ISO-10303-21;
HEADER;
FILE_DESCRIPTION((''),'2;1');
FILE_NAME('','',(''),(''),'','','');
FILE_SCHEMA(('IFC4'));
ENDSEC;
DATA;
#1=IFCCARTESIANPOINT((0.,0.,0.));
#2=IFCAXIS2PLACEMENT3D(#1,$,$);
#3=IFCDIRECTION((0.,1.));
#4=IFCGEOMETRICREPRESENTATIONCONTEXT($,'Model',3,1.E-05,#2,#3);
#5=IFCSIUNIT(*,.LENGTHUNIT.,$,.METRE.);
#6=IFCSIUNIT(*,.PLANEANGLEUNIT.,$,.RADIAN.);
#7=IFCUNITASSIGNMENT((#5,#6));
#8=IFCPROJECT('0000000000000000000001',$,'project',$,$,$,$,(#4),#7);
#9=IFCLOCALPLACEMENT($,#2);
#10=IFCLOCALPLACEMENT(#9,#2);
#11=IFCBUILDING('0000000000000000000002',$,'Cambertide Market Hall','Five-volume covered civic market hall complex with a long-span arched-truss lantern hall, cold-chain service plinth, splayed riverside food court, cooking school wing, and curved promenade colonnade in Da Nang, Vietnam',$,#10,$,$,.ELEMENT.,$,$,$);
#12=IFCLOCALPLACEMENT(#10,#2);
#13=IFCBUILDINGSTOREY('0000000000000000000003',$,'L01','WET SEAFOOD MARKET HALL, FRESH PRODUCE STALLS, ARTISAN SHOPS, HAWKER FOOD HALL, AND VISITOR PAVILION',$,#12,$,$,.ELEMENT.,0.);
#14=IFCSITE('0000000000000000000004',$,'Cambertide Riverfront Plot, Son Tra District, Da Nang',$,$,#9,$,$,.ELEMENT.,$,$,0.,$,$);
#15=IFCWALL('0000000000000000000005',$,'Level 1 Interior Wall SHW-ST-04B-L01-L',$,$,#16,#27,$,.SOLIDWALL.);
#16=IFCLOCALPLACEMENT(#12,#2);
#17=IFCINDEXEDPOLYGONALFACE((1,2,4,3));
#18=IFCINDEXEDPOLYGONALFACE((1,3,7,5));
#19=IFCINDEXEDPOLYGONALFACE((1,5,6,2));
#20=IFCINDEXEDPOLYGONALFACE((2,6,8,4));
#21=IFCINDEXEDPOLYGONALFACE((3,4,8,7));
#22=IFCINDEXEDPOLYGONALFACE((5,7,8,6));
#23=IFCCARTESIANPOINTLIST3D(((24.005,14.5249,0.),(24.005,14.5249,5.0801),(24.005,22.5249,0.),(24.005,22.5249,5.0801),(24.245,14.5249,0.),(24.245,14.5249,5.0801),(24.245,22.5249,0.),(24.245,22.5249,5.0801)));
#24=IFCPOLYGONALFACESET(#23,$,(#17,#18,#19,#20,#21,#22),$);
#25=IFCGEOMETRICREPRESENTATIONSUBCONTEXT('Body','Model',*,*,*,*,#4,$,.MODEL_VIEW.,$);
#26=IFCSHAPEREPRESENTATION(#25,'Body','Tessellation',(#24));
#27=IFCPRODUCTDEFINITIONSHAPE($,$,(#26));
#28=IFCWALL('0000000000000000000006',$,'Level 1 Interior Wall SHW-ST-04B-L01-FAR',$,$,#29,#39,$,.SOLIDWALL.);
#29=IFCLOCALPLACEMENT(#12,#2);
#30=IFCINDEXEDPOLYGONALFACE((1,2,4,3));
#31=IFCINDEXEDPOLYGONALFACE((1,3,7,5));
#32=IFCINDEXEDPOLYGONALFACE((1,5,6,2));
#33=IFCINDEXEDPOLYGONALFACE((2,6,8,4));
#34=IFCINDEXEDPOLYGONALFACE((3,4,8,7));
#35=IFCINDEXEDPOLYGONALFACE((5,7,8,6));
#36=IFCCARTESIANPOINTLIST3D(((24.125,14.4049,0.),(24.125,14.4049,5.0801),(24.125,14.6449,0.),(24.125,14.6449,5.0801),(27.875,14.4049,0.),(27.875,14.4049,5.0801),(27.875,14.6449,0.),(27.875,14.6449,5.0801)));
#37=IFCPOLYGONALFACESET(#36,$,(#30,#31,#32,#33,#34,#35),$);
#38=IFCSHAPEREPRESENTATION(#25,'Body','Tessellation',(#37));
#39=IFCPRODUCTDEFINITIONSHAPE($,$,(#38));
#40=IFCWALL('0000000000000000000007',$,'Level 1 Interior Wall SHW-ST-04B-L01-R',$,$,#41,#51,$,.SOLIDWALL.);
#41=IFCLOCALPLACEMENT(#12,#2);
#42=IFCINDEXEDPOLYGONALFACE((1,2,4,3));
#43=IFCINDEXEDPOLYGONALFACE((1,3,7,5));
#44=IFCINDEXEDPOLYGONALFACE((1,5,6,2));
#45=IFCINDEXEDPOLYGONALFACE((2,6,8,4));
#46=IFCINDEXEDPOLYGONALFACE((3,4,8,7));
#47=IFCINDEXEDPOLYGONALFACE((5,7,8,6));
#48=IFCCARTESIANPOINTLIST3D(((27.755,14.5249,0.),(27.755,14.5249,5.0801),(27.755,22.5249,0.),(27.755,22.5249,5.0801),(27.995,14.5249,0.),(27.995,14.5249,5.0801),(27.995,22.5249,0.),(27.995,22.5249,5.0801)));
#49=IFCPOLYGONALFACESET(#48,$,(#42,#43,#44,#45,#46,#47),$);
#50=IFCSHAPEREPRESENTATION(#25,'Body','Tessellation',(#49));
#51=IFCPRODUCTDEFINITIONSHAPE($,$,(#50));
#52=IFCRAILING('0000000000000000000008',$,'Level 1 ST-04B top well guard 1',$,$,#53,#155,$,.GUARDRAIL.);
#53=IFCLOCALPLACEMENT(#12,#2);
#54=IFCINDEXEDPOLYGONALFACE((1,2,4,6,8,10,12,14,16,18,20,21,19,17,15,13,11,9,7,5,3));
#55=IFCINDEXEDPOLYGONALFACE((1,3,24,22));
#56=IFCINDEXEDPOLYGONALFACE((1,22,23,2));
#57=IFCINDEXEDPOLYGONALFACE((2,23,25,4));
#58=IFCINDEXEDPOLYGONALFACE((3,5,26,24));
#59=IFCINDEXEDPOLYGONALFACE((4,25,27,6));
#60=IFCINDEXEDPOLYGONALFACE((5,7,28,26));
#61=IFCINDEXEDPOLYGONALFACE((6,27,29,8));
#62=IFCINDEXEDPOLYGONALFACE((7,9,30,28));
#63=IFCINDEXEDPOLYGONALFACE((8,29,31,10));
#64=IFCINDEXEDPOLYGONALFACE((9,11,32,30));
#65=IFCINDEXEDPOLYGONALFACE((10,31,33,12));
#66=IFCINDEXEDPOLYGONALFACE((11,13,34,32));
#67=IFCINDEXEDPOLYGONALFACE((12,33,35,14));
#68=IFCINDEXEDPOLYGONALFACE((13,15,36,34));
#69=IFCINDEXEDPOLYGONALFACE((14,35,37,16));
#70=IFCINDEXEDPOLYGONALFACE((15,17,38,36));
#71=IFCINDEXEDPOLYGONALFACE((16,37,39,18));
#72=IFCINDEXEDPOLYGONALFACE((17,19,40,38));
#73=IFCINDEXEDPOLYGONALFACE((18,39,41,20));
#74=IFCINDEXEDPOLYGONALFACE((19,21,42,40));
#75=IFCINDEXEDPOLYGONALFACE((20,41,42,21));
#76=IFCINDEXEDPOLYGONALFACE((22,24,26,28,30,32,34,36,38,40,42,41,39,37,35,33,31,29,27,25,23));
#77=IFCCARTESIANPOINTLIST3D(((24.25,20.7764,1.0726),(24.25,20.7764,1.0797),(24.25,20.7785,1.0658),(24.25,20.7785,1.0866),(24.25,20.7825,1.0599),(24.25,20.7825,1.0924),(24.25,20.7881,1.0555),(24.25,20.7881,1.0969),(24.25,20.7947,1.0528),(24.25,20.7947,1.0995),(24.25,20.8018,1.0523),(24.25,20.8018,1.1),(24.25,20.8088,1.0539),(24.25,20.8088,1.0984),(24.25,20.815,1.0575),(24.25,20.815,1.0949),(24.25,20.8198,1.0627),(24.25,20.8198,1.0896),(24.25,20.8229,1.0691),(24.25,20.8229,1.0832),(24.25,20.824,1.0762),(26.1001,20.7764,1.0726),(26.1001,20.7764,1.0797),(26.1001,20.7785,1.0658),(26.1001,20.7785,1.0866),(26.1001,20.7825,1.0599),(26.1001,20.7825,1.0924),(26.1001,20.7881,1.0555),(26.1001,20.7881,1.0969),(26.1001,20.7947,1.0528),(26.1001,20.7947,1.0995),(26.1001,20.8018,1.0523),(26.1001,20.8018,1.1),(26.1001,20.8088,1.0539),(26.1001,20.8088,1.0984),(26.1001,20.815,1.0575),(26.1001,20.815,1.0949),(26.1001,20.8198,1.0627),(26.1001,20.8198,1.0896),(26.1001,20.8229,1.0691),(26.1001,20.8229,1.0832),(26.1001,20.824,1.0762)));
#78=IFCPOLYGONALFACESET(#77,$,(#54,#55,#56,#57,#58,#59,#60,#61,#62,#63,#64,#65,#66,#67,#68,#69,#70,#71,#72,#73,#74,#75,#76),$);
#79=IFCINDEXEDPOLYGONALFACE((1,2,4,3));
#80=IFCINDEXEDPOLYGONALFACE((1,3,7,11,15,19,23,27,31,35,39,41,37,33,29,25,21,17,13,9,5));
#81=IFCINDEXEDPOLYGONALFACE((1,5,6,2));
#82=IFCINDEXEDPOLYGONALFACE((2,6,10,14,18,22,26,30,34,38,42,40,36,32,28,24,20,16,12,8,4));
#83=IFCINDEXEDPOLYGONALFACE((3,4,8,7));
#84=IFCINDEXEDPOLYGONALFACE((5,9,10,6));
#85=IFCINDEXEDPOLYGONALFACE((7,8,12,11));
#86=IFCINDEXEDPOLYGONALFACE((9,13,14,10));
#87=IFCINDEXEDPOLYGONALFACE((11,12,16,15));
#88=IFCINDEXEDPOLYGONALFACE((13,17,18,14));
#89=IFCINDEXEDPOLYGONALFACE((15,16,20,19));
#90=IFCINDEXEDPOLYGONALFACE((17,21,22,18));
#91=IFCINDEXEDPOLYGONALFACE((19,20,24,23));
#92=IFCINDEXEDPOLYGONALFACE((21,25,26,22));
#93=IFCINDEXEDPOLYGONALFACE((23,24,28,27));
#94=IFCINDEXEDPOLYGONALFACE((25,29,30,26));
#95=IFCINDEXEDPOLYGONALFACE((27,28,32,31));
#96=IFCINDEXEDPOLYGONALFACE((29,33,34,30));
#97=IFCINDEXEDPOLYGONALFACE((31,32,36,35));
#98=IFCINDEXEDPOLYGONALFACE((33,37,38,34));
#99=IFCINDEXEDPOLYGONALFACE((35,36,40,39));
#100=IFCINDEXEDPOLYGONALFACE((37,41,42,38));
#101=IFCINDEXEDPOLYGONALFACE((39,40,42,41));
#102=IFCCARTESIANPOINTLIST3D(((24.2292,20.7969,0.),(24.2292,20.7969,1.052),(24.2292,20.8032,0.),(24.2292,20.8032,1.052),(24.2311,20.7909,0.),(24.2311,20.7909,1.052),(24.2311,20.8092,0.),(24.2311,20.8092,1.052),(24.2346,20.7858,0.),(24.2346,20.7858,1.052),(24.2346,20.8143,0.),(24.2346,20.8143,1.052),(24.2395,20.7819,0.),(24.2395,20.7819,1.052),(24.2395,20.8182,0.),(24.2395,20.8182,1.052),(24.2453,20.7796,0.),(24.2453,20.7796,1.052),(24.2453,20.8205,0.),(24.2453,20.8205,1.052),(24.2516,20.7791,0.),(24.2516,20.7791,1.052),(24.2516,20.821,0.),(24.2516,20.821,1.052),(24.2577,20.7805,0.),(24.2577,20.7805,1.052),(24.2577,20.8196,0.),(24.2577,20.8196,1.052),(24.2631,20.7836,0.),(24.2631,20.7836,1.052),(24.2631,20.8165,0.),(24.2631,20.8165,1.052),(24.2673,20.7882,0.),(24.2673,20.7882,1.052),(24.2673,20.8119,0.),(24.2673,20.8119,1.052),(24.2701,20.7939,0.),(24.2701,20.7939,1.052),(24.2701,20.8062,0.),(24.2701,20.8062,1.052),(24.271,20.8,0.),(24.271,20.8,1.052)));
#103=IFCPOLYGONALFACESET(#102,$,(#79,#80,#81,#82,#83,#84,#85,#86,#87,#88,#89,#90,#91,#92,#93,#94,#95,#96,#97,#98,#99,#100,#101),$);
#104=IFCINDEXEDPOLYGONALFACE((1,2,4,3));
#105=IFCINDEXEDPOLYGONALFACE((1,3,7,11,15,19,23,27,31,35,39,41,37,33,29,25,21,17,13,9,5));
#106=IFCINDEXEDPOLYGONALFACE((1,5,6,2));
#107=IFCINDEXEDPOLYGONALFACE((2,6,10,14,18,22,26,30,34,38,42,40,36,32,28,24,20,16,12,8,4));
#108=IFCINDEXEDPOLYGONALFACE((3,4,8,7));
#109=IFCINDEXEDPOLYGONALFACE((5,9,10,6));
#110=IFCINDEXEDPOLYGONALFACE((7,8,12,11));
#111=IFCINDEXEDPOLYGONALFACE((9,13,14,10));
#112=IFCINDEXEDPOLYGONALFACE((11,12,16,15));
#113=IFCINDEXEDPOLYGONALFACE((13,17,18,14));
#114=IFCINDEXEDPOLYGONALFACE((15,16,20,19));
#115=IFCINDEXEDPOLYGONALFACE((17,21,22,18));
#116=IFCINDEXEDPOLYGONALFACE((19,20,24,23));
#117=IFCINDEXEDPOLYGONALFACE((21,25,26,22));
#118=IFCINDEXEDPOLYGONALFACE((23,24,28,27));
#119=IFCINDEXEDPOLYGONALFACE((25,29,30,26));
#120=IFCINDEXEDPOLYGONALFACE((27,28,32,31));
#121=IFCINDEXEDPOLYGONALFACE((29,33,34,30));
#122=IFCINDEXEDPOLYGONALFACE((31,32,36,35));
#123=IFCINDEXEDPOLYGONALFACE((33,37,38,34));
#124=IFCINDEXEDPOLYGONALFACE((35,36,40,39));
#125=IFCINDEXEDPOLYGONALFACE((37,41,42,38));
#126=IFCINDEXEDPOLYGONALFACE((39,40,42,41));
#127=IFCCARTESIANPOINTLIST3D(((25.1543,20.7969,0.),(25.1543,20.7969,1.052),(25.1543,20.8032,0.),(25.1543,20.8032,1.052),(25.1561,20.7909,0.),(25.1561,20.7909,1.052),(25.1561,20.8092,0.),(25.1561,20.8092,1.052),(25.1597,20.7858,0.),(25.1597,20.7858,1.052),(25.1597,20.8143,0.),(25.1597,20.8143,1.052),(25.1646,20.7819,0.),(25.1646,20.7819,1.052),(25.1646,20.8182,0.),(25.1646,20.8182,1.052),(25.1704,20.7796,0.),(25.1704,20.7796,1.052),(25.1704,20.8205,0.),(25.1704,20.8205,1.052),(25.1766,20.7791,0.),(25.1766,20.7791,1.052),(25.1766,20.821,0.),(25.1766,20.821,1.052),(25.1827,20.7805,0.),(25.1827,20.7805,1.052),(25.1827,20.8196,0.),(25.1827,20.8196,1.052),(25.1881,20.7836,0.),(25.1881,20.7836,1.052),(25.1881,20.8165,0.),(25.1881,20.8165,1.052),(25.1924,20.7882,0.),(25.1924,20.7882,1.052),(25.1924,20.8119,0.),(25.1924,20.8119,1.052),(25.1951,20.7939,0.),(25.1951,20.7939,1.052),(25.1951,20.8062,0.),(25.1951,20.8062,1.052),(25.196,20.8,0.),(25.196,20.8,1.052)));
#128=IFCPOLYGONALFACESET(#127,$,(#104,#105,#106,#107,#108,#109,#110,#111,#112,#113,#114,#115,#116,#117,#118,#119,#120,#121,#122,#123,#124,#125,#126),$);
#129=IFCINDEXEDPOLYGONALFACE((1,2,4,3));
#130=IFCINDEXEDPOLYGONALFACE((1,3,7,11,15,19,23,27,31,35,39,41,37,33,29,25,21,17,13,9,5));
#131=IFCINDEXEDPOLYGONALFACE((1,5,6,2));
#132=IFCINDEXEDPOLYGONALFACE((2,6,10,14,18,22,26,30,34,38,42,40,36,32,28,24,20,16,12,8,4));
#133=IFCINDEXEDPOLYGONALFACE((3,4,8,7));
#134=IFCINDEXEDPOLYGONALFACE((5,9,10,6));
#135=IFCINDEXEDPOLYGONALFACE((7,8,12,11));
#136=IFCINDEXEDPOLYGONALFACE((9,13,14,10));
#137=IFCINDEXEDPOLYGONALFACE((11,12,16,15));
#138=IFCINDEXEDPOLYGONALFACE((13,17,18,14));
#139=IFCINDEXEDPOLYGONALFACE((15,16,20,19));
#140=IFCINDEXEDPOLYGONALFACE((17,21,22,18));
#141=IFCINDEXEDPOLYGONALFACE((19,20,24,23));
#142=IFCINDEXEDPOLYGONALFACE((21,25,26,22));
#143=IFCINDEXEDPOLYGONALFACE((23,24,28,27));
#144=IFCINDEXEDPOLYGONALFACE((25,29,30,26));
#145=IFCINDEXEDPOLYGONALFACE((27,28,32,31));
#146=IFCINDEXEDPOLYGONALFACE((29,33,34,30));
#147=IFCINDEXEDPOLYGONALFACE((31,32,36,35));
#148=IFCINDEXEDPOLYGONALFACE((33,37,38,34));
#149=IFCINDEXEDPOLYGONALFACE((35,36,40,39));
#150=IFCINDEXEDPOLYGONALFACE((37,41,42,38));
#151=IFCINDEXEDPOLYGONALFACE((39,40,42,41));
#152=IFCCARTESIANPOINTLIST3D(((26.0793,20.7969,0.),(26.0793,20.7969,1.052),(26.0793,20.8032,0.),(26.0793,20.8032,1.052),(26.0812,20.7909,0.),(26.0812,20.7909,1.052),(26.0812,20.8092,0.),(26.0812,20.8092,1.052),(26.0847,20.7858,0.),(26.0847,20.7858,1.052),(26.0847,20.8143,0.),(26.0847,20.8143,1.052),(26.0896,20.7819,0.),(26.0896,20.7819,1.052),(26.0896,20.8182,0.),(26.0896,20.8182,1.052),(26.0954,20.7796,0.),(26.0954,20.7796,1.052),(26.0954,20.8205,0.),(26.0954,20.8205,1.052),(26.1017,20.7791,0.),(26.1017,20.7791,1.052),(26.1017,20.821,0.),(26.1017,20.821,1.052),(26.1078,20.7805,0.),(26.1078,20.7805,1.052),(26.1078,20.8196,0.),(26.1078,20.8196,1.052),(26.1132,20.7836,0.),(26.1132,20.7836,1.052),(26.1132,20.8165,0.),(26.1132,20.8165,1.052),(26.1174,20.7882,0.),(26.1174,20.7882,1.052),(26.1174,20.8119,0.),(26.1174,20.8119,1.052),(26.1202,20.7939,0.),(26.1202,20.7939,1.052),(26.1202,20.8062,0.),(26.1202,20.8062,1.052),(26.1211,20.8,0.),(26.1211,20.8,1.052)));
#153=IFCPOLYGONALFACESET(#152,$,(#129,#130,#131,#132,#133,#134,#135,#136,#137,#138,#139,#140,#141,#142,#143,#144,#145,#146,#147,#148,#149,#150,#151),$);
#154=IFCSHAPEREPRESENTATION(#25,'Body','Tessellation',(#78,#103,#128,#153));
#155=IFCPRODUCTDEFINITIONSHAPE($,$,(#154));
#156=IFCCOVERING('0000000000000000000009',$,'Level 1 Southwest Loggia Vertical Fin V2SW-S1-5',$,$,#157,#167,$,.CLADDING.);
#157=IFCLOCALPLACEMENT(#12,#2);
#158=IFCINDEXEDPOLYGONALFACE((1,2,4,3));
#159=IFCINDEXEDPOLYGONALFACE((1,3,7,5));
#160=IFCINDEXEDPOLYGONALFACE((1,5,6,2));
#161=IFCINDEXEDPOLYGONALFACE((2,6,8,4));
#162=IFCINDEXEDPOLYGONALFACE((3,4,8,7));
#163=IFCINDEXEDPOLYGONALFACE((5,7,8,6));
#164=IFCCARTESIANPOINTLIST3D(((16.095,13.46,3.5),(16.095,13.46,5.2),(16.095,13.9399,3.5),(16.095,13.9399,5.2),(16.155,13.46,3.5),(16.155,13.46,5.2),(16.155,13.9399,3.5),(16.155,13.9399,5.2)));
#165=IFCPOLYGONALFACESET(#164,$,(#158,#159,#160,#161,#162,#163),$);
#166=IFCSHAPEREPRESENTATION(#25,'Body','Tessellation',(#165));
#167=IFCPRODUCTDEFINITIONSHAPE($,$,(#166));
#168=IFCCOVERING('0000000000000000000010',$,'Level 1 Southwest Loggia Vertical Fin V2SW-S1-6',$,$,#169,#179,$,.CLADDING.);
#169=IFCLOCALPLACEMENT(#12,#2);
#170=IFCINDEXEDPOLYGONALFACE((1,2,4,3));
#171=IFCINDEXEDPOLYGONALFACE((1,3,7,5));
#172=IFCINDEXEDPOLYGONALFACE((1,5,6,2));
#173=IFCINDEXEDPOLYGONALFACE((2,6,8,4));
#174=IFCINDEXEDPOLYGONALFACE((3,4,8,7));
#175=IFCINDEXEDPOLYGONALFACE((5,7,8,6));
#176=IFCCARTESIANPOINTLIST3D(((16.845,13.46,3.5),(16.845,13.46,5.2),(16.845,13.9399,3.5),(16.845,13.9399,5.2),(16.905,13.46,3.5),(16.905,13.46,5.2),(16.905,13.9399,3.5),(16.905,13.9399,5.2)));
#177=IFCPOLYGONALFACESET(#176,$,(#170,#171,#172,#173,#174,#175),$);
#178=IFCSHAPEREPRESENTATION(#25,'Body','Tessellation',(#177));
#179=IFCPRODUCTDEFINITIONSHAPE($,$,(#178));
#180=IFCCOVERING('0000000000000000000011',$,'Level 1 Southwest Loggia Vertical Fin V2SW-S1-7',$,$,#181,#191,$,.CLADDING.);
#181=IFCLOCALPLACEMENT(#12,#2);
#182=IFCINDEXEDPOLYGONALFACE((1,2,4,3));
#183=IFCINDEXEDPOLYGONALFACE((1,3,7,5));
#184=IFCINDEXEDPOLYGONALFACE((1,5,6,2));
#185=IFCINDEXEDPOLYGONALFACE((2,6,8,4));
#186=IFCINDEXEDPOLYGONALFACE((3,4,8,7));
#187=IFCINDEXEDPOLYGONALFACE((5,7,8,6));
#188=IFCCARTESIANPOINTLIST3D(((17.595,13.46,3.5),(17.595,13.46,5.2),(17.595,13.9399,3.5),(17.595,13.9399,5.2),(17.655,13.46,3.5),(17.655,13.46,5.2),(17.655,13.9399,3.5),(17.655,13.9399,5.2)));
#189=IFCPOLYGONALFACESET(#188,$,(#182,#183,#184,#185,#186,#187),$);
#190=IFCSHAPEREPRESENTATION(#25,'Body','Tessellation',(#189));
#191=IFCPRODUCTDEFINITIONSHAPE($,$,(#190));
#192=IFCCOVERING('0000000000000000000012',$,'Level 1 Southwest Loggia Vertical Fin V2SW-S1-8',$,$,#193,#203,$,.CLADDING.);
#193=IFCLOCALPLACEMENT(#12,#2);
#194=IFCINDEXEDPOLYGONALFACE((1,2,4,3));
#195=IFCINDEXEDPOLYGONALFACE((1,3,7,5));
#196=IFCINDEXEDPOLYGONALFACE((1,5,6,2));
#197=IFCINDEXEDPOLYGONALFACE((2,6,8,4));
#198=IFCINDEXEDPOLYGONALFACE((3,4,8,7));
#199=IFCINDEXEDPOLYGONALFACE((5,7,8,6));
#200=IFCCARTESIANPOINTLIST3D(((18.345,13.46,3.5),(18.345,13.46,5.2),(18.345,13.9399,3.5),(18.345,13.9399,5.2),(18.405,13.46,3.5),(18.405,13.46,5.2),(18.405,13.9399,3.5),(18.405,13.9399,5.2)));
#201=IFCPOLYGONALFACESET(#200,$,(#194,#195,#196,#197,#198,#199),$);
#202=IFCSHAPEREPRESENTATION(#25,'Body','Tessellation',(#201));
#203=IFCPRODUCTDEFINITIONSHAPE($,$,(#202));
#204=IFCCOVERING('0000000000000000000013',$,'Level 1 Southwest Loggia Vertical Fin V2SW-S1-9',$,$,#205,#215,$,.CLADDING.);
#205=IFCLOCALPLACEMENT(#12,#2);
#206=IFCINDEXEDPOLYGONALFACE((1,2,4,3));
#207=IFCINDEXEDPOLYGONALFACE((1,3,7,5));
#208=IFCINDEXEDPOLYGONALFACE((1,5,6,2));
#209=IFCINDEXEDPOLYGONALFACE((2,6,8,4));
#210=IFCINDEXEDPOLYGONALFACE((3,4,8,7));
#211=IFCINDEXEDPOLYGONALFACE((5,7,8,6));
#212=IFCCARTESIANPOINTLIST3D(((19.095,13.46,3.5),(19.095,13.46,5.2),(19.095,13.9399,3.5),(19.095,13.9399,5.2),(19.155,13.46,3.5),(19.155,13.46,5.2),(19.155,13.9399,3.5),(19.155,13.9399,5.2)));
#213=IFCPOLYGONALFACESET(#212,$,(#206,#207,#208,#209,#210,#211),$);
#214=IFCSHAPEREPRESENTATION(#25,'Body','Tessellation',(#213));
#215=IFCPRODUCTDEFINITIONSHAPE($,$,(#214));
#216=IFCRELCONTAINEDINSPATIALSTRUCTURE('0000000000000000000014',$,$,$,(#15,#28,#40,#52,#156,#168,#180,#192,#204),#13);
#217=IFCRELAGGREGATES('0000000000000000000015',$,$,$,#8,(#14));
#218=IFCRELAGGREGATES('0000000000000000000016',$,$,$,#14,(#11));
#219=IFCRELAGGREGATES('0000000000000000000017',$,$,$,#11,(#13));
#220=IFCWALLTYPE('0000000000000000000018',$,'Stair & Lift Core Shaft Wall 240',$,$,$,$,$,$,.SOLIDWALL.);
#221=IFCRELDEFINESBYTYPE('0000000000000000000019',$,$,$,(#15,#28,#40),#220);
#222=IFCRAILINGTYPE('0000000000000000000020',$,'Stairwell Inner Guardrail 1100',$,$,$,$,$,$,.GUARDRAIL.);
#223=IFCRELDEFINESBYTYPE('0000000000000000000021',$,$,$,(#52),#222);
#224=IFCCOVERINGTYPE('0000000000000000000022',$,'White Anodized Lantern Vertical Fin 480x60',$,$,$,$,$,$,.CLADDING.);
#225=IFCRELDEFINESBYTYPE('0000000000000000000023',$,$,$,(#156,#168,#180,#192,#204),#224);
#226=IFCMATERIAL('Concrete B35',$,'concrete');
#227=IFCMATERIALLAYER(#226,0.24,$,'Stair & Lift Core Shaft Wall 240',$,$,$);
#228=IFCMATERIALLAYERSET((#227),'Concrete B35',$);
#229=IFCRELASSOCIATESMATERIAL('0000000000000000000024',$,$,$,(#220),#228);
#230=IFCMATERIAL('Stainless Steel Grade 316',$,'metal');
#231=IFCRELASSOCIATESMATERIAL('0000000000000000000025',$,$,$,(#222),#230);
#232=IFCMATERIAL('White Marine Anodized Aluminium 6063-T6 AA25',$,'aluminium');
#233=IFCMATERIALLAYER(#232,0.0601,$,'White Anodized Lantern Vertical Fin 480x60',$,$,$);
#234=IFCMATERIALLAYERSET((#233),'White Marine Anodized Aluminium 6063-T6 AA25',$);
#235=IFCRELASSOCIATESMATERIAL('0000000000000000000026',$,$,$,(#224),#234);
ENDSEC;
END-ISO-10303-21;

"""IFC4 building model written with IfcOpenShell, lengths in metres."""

from ifc_helpers import new_model, si_unit, direction, frame, frame_2d, origin, origin_2d, place, context, subcontext, project, spatial, rectangle, circle, extrude, material, layer, layer_set, type_object, element, save


model = new_model("IFC4")

# Units and contexts
model_context = context("Model", 3, precision=1e-05, world=origin(), true_north=direction((0.0, 1.0)))
body_context = subcontext(model_context, "Body", "Model", "MODEL_VIEW")
ifc_project = project(units=[si_unit("LENGTHUNIT", "METRE"), si_unit("PLANEANGLEUNIT", "RADIAN")], contexts=[model_context])

# Site, building, storey
site_placement = place(None, origin())
site = spatial("IfcSite", under=ifc_project, at=site_placement, Name="Cambertide Riverfront Plot, Son Tra District, Da Nang", CompositionType="ELEMENT", RefElevation=0.0)
building_placement = place(site_placement, origin())
building = spatial("IfcBuilding", under=site, at=building_placement, Name="Cambertide Market Hall", Description="Five-volume covered civic market hall complex with a long-span arched-truss lantern hall, cold-chain service plinth, splayed riverside food court, cooking school wing, and curved promenade colonnade in Da Nang, Vietnam", CompositionType="ELEMENT")
storey_placement = place(building_placement, origin())
storey = spatial("IfcBuildingStorey", under=building, at=storey_placement, Name="L01", Description="WET SEAFOOD MARKET HALL, FRESH PRODUCE STALLS, ARTISAN SHOPS, HAWKER FOOD HALL, AND VISITOR PAVILION", CompositionType="ELEMENT", Elevation=0.0)

# Shared definitions
ifc_material_1 = material(Name="Concrete B35", Category="concrete")
ifc_layer_1 = layer(ifc_material_1, 0.24, Name="Stair & Lift Core Shaft Wall 240")
ifc_layer_set_1 = layer_set([ifc_layer_1], Name="Concrete B35")
wall_type = type_object("IfcWallType", Name="Stair & Lift Core Shaft Wall 240", PredefinedType="SOLIDWALL", material=ifc_layer_set_1)

# Walls
wall_1_placement = place(storey_placement, frame((24.125, 14.5249, 0.0), z_axis=(0.0, 0.0, 1.0), x_axis=(0.0, 1.0, 0.0)))
element("IfcWall", 1, at=wall_1_placement, inside=storey, type_object=wall_type, Name="Level 1 Interior Wall SHW-ST-04B-L01-L", PredefinedType="SOLIDWALL", context=body_context, shape_type="SweptSolid", body=[
    extrude(rectangle(XDim=8.0, YDim=0.24, at=frame_2d((4.0, 0.0))), origin(), (0.0, 0.0, 1.0), 5.0801),
])
wall_2_placement = place(storey_placement, frame((27.875, 14.5249, 0.0), z_axis=(0.0, 0.0, 1.0), x_axis=(-1.0, 0.0, 0.0)))
element("IfcWall", 2, at=wall_2_placement, inside=storey, type_object=wall_type, Name="Level 1 Interior Wall SHW-ST-04B-L01-FAR", PredefinedType="SOLIDWALL", context=body_context, shape_type="SweptSolid", body=[
    extrude(rectangle(XDim=3.75, YDim=0.24, at=frame_2d((1.875, 0.0))), origin(), (0.0, 0.0, 1.0), 5.0801),
])
wall_3_placement = place(storey_placement, frame((27.875, 22.5249, 0.0), z_axis=(0.0, 0.0, 1.0), x_axis=(0.0, -1.0, 0.0)))
element("IfcWall", 3, at=wall_3_placement, inside=storey, type_object=wall_type, Name="Level 1 Interior Wall SHW-ST-04B-L01-R", PredefinedType="SOLIDWALL", context=body_context, shape_type="SweptSolid", body=[
    extrude(rectangle(XDim=8.0, YDim=0.24, at=frame_2d((4.0, 0.0))), origin(), (0.0, 0.0, 1.0), 5.0801),
])

# Railing
ifc_material_2 = material(Name="Stainless Steel Grade 316", Category="metal")
railing_type = type_object("IfcRailingType", Name="Stairwell Inner Guardrail 1100", PredefinedType="GUARDRAIL", material=ifc_material_2)
railing_placement = place(storey_placement, frame((24.25, 20.8, 0.0)))
element("IfcRailing", 4, at=railing_placement, inside=storey, type_object=railing_type, Name="Level 1 ST-04B top well guard 1", PredefinedType="GUARDRAIL", context=body_context, shape_type="SweptSolid", body=[
    extrude(circle(Radius=0.0239, at=origin_2d()), frame((0.0, 0.0, 1.0762), z_axis=(1.0, 0.0, 0.0), x_axis=(0.0, 1.0, 0.0)), (0.0, 0.0, 1.0), 1.8501),
    extrude(circle(Radius=0.021, at=origin_2d()), origin(), (0.0, 0.0, 1.0), 1.052),
    extrude(circle(Radius=0.021, at=origin_2d()), frame((0.925, 0.0, 0.0)), (0.0, 0.0, 1.0), 1.052),
    extrude(circle(Radius=0.021, at=origin_2d()), frame((1.8501, 0.0, 0.0)), (0.0, 0.0, 1.0), 1.052),
])

# Coverings
ifc_material_3 = material(Name="White Marine Anodized Aluminium 6063-T6 AA25", Category="aluminium")
ifc_layer_2 = layer(ifc_material_3, 0.0601, Name="White Anodized Lantern Vertical Fin 480x60")
ifc_layer_set_2 = layer_set([ifc_layer_2], Name="White Marine Anodized Aluminium 6063-T6 AA25")
covering_type = type_object("IfcCoveringType", Name="White Anodized Lantern Vertical Fin 480x60", PredefinedType="CLADDING", material=ifc_layer_set_2)
for number, where, z_axis, x_axis, name in (
    (5, (16.125, 13.7, 3.5), (0.0, 0.0, 1.0), (1.0, 0.0, 0.0), "Level 1 Southwest Loggia Vertical Fin V2SW-S1-5"),
    (6, (16.875, 13.7, 3.5), (0.0, 0.0, 1.0), (1.0, 0.0, 0.0), "Level 1 Southwest Loggia Vertical Fin V2SW-S1-6"),
    (7, (17.625, 13.7, 3.5), (0.0, 0.0, 1.0), (1.0, 0.0, 0.0), "Level 1 Southwest Loggia Vertical Fin V2SW-S1-7"),
    (8, (18.375, 13.7, 3.5), (0.0, 0.0, 1.0), (1.0, 0.0, 0.0), "Level 1 Southwest Loggia Vertical Fin V2SW-S1-8"),
    (9, (19.125, 13.7, 3.5), (0.0, 0.0, 1.0), (1.0, 0.0, 0.0), "Level 1 Southwest Loggia Vertical Fin V2SW-S1-9"),
):
    element("IfcCovering", number, at=place(storey_placement, frame(where, z_axis=z_axis, x_axis=x_axis)), inside=storey, type_object=covering_type, Name=name, PredefinedType="CLADDING", context=body_context, shape_type="SweptSolid", body=[
        extrude(rectangle(XDim=0.0601, YDim=0.48, at=origin_2d()), origin(), (0.0, 0.0, 1.0), 1.7),
    ])

save(model, "model.ifc")
